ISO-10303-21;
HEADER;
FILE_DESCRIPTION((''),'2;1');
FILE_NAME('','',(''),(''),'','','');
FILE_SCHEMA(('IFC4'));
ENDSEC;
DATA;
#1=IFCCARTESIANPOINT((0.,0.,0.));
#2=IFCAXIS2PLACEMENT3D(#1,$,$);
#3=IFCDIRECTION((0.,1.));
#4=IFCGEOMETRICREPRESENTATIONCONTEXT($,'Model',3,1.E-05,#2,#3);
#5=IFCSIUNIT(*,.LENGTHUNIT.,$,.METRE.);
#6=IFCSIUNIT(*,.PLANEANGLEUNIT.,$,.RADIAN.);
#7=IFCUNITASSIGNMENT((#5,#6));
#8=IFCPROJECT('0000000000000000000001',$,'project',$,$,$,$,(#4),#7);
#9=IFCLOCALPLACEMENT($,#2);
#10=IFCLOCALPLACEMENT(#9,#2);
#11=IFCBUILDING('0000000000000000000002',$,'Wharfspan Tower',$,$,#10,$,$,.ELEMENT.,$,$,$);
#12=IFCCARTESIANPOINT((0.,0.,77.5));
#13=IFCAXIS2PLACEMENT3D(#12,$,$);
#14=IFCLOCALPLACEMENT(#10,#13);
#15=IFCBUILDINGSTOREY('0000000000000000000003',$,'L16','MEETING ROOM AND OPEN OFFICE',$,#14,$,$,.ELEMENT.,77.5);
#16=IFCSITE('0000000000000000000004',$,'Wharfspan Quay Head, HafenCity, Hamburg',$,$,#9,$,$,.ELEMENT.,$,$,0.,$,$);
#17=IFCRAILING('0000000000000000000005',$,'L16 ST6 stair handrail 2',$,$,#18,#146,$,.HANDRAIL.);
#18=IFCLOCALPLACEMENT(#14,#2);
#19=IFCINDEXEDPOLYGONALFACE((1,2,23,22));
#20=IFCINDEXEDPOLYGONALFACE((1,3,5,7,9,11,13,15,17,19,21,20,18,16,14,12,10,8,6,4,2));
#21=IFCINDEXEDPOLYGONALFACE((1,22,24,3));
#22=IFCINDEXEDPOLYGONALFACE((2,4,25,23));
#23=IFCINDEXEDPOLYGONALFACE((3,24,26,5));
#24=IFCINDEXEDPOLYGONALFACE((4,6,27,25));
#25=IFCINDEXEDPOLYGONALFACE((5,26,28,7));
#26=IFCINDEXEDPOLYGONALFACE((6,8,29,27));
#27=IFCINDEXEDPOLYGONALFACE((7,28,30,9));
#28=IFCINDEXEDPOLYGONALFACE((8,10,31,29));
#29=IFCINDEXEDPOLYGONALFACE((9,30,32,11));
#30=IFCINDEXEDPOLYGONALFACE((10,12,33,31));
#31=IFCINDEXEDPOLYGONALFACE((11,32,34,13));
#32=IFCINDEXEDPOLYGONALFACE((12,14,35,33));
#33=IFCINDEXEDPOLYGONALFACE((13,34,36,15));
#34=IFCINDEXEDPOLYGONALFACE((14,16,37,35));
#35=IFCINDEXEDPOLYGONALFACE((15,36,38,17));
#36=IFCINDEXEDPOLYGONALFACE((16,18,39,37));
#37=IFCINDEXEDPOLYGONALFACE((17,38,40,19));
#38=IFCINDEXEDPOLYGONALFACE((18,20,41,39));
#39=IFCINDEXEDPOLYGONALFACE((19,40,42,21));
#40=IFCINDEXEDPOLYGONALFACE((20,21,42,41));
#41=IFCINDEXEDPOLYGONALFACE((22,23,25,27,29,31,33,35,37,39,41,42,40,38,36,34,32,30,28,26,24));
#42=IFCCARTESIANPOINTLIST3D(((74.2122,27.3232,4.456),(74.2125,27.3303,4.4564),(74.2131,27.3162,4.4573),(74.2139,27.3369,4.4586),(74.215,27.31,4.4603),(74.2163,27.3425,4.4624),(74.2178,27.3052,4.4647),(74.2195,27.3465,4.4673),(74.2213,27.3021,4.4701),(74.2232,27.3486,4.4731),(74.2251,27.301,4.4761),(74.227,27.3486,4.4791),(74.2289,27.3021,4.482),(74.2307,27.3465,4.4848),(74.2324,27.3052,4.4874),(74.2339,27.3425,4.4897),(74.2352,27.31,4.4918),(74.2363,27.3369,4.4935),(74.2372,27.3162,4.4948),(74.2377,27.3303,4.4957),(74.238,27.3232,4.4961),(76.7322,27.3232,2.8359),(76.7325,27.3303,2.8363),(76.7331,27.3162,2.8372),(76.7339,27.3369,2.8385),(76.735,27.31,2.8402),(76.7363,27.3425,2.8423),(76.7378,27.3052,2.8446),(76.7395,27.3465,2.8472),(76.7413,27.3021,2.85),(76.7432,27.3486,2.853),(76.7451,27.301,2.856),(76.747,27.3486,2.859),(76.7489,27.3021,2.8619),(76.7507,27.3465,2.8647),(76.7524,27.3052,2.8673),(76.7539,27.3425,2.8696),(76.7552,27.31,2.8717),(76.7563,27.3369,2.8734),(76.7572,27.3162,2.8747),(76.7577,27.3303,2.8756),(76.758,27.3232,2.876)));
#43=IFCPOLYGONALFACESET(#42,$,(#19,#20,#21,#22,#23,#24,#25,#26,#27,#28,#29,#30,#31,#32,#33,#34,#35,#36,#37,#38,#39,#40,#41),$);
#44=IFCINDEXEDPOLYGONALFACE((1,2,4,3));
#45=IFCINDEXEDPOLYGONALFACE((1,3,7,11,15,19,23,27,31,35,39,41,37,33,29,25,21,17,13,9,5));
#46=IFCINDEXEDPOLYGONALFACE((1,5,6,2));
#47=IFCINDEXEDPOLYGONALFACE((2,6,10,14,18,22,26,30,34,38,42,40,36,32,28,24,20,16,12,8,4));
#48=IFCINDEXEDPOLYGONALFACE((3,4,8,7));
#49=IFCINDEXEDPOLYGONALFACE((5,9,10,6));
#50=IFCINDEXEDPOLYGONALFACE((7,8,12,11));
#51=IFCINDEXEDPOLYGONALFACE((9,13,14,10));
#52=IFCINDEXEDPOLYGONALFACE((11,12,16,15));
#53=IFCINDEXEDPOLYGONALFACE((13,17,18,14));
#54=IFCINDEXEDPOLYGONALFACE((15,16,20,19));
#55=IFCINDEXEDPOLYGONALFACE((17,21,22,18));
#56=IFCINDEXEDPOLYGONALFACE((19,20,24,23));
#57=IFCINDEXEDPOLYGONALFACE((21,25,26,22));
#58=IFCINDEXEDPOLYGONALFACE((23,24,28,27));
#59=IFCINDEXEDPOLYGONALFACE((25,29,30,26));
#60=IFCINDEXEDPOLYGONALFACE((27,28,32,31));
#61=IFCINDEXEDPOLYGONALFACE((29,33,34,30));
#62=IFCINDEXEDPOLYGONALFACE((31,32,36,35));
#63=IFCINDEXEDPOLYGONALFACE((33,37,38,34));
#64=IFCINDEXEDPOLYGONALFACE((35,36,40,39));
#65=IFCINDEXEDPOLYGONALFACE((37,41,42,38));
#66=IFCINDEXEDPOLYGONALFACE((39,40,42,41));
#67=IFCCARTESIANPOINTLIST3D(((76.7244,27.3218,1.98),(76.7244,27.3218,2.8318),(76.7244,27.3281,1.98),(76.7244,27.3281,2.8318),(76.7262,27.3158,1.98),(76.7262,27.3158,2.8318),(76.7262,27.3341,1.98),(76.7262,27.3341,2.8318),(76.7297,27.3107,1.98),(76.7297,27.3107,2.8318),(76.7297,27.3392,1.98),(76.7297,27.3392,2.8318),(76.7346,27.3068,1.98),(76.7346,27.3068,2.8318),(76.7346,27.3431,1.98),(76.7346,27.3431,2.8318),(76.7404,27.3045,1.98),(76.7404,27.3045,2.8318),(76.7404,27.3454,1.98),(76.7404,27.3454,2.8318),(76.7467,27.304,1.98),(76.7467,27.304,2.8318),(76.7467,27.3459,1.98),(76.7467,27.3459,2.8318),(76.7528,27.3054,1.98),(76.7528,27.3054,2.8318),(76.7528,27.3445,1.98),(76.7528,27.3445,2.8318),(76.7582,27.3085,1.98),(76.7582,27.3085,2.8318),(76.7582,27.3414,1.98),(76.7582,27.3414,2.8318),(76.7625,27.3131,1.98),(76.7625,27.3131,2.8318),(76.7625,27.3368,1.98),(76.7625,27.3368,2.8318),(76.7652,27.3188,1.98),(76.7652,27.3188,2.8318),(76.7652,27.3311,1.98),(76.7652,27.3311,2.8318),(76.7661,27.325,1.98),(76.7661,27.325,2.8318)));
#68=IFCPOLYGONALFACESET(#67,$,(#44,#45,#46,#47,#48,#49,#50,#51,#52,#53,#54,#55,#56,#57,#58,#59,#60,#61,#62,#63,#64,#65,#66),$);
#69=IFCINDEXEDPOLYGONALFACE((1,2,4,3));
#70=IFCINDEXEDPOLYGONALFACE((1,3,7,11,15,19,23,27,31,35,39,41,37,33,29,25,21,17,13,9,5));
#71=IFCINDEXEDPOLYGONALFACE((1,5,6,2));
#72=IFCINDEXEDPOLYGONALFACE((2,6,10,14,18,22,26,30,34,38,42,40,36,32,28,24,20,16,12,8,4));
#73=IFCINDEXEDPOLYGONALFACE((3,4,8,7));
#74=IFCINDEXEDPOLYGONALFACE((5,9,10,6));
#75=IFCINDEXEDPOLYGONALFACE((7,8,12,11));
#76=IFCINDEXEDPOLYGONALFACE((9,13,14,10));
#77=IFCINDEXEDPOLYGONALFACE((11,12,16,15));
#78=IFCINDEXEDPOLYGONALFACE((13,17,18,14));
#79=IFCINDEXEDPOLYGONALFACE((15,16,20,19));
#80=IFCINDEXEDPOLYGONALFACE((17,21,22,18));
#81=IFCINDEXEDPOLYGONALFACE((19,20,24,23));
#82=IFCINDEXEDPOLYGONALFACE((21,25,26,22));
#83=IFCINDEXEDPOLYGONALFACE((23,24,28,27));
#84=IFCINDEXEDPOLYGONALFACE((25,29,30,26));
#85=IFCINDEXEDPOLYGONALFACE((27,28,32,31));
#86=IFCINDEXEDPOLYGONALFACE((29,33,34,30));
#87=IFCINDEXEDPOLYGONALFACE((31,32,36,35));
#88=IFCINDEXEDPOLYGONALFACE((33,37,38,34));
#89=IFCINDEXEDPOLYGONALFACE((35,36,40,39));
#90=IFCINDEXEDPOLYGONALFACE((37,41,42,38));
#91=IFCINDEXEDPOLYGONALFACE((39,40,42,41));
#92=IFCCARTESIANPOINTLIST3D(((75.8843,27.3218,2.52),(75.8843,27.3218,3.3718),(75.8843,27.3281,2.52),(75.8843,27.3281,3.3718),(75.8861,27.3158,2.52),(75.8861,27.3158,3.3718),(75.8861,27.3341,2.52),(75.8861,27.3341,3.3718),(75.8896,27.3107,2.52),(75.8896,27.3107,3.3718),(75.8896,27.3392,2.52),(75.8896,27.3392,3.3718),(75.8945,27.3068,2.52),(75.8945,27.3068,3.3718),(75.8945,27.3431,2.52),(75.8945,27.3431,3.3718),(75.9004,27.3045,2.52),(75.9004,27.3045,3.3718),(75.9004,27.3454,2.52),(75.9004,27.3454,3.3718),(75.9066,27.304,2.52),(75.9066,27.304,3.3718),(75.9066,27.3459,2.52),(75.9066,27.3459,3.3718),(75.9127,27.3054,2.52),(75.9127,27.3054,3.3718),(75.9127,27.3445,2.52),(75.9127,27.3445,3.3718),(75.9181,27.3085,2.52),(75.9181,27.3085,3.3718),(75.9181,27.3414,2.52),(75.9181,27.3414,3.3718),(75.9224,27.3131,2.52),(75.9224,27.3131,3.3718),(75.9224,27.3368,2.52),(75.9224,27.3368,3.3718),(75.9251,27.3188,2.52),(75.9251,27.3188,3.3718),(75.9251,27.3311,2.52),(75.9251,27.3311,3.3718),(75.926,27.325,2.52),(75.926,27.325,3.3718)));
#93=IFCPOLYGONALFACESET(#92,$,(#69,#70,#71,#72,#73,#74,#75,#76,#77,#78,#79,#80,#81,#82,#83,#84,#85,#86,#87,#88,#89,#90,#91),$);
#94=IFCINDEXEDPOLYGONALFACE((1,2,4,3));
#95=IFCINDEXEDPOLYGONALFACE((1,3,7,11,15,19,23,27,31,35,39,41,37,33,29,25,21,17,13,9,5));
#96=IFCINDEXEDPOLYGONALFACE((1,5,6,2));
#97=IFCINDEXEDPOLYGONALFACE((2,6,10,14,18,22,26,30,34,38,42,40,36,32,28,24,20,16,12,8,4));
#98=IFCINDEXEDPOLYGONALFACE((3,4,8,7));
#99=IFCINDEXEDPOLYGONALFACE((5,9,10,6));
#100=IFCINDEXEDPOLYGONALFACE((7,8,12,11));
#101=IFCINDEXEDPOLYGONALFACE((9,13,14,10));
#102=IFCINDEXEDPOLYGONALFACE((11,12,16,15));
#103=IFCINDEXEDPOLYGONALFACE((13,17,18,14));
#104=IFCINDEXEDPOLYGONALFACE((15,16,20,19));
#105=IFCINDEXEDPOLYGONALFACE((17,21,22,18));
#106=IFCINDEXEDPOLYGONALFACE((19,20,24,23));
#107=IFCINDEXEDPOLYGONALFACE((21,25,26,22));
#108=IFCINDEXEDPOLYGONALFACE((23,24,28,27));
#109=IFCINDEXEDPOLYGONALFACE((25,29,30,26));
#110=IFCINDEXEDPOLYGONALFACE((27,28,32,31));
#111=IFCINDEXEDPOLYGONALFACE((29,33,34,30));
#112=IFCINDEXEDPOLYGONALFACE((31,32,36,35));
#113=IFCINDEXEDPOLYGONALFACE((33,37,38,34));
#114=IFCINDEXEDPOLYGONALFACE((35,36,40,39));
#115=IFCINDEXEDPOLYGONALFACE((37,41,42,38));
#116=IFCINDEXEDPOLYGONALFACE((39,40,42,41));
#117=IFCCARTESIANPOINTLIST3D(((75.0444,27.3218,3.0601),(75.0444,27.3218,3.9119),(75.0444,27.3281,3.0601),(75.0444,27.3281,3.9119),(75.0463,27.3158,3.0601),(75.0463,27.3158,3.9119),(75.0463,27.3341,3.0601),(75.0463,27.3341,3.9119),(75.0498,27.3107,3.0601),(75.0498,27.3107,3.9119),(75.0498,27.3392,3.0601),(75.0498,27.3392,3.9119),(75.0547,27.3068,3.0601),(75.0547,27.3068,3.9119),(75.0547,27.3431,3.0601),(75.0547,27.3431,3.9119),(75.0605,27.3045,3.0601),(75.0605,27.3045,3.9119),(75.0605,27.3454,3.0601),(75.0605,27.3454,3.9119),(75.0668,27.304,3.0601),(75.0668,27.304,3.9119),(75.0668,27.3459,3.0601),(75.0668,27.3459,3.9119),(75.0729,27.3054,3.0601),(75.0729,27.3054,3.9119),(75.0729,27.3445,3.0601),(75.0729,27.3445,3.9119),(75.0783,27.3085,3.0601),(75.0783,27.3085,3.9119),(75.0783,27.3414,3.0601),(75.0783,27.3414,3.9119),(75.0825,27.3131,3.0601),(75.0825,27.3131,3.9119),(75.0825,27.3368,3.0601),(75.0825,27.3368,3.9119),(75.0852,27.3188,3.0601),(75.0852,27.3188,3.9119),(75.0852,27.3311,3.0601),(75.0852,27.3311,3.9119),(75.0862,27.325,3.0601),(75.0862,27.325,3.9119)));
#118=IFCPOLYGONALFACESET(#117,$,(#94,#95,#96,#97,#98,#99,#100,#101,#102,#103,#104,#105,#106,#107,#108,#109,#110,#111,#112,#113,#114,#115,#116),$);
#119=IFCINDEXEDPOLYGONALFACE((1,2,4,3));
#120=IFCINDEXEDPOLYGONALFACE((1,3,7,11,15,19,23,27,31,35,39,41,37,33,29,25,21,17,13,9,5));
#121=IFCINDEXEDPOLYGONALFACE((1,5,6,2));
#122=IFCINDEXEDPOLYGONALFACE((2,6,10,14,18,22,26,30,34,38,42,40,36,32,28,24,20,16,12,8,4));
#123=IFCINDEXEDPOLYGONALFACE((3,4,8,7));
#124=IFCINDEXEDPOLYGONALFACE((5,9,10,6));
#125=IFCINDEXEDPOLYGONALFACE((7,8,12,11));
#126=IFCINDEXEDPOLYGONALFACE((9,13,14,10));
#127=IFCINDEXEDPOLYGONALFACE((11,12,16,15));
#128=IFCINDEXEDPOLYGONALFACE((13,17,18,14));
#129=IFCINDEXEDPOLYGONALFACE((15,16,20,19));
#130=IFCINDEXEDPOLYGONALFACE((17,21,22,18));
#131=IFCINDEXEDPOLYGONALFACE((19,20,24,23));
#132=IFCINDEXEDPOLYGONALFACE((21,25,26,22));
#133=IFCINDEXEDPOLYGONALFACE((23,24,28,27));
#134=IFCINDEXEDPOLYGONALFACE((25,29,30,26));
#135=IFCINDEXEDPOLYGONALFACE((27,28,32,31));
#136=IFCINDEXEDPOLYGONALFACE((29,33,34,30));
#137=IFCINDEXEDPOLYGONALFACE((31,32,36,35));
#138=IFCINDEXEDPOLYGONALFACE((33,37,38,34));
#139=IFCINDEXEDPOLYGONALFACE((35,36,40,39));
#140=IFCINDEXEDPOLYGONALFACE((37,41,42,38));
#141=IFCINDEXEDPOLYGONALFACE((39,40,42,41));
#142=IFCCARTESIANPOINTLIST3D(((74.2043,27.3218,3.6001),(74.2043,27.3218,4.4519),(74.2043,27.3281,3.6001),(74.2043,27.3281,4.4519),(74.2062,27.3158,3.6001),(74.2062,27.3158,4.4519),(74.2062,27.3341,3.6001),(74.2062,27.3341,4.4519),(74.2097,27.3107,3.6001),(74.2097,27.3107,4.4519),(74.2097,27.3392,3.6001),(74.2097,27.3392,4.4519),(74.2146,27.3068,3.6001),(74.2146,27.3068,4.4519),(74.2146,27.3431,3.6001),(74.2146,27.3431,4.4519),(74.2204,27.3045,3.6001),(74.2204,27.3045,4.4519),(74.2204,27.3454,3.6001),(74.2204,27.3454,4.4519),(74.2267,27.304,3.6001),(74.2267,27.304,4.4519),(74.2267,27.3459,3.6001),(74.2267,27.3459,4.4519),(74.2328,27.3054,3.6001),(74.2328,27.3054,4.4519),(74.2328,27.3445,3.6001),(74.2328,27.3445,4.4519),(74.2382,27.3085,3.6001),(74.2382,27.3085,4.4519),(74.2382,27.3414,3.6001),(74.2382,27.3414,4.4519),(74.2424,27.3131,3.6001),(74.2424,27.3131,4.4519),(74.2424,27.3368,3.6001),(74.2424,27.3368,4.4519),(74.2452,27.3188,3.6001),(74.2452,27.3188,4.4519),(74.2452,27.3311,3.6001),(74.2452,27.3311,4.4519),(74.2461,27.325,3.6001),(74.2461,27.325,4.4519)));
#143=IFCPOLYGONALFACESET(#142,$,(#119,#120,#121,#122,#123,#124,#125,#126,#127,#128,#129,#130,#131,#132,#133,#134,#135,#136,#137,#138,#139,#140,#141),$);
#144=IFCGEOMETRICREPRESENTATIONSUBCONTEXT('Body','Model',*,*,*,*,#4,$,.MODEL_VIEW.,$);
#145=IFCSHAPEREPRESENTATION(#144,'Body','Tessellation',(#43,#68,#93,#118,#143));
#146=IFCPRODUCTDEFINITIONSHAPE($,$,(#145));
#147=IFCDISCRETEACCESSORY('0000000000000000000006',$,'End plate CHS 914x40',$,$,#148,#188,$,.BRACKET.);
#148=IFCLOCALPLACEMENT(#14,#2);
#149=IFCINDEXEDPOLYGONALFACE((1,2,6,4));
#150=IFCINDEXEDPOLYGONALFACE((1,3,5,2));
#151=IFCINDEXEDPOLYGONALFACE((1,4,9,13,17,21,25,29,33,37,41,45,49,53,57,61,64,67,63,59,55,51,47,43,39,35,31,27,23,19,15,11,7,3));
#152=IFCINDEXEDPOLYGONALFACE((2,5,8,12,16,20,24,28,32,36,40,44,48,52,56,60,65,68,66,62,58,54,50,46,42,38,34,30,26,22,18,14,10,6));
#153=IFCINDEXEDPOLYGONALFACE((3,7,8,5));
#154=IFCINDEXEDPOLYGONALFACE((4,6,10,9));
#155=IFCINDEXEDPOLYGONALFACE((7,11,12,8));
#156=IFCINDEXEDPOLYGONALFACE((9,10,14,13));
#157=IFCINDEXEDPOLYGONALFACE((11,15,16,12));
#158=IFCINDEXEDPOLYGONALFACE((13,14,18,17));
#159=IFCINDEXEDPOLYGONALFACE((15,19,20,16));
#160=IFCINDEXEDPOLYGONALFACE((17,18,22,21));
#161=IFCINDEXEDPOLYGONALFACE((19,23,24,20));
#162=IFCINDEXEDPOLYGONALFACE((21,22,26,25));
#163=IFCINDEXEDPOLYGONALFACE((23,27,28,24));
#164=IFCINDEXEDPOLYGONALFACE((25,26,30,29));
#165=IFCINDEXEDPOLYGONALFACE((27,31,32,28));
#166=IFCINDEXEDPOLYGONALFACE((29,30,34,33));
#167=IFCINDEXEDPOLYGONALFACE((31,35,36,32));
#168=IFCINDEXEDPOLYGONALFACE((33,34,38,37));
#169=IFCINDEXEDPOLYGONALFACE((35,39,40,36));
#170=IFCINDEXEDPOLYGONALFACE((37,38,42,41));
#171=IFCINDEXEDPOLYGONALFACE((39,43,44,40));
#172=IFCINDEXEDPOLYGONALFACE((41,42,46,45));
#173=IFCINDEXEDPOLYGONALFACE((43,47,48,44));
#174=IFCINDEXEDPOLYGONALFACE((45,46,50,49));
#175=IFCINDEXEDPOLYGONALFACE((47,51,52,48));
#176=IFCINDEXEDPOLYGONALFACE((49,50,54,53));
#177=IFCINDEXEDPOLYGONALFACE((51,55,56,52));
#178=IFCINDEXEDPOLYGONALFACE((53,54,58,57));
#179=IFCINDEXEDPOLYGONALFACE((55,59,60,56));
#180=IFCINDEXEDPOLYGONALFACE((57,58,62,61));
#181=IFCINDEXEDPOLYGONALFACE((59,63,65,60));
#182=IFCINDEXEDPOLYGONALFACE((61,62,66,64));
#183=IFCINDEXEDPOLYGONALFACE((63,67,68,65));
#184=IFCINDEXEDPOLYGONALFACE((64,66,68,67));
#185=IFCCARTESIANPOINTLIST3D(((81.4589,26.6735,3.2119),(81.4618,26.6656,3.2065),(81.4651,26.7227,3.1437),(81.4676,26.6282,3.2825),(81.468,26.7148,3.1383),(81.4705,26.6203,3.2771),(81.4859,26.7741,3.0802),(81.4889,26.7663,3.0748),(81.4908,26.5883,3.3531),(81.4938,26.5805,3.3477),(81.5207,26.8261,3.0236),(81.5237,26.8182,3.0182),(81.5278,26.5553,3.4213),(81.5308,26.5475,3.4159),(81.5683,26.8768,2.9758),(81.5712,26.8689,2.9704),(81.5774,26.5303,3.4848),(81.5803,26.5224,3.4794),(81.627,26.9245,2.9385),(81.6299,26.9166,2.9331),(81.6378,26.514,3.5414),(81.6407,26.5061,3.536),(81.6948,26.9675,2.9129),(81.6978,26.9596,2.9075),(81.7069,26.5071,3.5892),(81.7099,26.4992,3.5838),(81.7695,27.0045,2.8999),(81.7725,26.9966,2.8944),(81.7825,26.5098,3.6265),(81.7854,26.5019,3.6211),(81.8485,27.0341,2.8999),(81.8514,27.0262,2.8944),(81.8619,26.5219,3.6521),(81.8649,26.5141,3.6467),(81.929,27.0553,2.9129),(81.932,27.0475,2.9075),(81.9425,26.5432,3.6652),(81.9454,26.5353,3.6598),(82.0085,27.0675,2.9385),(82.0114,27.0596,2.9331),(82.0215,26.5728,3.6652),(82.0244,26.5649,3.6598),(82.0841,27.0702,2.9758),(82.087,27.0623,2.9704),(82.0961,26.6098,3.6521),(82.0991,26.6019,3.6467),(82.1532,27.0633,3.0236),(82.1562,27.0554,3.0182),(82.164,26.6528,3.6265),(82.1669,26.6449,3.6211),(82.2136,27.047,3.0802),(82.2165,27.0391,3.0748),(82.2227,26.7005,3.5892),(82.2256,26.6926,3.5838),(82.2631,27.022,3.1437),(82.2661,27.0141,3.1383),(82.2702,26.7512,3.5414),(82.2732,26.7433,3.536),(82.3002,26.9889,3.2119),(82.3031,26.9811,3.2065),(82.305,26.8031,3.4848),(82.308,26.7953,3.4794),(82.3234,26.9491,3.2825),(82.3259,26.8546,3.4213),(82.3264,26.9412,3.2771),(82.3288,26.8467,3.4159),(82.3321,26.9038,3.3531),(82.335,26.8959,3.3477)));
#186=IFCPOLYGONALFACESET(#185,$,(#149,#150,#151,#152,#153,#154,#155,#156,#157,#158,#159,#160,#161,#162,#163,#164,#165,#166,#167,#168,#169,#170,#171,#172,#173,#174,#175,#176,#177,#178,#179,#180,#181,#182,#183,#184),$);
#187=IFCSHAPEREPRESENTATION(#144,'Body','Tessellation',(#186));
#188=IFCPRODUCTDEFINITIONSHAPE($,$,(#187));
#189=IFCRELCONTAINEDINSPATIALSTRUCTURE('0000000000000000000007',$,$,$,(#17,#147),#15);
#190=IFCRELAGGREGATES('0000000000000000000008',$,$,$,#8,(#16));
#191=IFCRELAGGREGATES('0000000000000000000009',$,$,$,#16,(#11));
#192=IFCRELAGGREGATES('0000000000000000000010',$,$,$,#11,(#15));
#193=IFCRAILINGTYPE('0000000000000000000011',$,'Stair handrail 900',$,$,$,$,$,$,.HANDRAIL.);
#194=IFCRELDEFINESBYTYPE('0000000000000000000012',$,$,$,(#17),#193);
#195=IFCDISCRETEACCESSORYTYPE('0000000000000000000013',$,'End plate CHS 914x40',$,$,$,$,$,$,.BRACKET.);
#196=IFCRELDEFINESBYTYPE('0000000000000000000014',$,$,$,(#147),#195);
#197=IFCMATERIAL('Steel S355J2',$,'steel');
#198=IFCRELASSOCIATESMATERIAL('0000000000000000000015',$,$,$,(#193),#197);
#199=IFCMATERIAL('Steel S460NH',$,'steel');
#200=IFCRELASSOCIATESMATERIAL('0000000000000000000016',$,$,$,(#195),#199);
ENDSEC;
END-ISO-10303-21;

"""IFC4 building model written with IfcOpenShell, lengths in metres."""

from ifc_helpers import new_model, si_unit, direction, frame, origin, origin_2d, place, context, subcontext, project, spatial, circle, extrude, material, material_profile, profile_set, type_object, element, save


model = new_model("IFC4")

# Units and contexts
model_context = context("Model", 3, precision=1e-05, world=origin(), true_north=direction((0.0, 1.0)))
body_context = subcontext(model_context, "Body", "Model", "MODEL_VIEW")
ifc_project = project(units=[si_unit("LENGTHUNIT", "METRE"), si_unit("PLANEANGLEUNIT", "RADIAN")], contexts=[model_context])

# Site, building, storey
site_placement = place(None, origin())
site = spatial("IfcSite", under=ifc_project, at=site_placement, Name="Wharfspan Quay Head, HafenCity, Hamburg", CompositionType="ELEMENT", RefElevation=0.0)
building_placement = place(site_placement, origin())
building = spatial("IfcBuilding", under=site, at=building_placement, Name="Wharfspan Tower", CompositionType="ELEMENT")
storey_placement = place(building_placement, frame((0.0, 0.0, 77.5)))
storey = spatial("IfcBuildingStorey", under=building, at=storey_placement, Name="L16", Description="MEETING ROOM AND OPEN OFFICE", CompositionType="ELEMENT", Elevation=77.5)

# Shared definitions
ifc_material_1 = material(Name="Steel S355J2", Category="steel")

# Shared definitions
ifc_material_2 = material(Name="Steel S460NH", Category="steel")

# Railing
railing_type = type_object("IfcRailingType", Name="Stair handrail 900", PredefinedType="HANDRAIL", material=ifc_material_1)
railing_placement = place(storey_placement, frame((76.7451, 27.325, 1.98)))
element("IfcRailing", 1, at=railing_placement, inside=storey, type_object=railing_type, Name="L16 ST6 stair handrail 2", PredefinedType="HANDRAIL", context=body_context, shape_type="SweptSolid", body=[
    extrude(circle(Radius=0.0239, at=origin_2d()), frame((0.0, 0.0, 0.876), z_axis=(-0.841163, 0.0, 0.540782), x_axis=(0.0, -1.0, 0.0)), (0.0, 0.0, 1.0), 2.9958),
    extrude(circle(Radius=0.021, at=origin_2d()), origin(), (0.0, 0.0, 1.0), 0.8518),
    extrude(circle(Radius=0.021, at=origin_2d()), frame((-0.8401, 0.0, 0.54)), (0.0, 0.0, 1.0), 0.8518),
    extrude(circle(Radius=0.021, at=origin_2d()), frame((-1.6799, 0.0, 1.0801)), (0.0, 0.0, 1.0), 0.8518),
    extrude(circle(Radius=0.021, at=origin_2d()), frame((-2.52, 0.0, 1.6201)), (0.0, 0.0, 1.0), 0.8518),
])

# Discrete accessory
ifc_material_profile_1 = material_profile(ifc_material_2, circle(Radius=0.457, at=origin_2d()))
ifc_profile_set_1 = profile_set([ifc_material_profile_1], Name="Steel S460NH")
discrete_accessory_type = type_object("IfcDiscreteAccessoryType", Name="End plate CHS 914x40", PredefinedType="BRACKET", material=ifc_profile_set_1)
for number, where, z_axis, x_axis, name in (
    (2, (81.8984, 26.7808, 3.2771), (-0.295241, 0.787309, 0.541275), (-0.936333, -0.351125, 0.0), "End plate CHS 914x40"),
):
    element("IfcDiscreteAccessory", number, at=place(storey_placement, frame(where, z_axis=z_axis, x_axis=x_axis)), inside=storey, type_object=discrete_accessory_type, Name=name, PredefinedType="BRACKET", context=body_context, shape_type="SweptSolid", body=[
        extrude(circle(Radius=0.457, at=origin_2d()), origin(), (0.0, 0.0, 1.0), 0.01),
    ])

save(model, "model.ifc")
